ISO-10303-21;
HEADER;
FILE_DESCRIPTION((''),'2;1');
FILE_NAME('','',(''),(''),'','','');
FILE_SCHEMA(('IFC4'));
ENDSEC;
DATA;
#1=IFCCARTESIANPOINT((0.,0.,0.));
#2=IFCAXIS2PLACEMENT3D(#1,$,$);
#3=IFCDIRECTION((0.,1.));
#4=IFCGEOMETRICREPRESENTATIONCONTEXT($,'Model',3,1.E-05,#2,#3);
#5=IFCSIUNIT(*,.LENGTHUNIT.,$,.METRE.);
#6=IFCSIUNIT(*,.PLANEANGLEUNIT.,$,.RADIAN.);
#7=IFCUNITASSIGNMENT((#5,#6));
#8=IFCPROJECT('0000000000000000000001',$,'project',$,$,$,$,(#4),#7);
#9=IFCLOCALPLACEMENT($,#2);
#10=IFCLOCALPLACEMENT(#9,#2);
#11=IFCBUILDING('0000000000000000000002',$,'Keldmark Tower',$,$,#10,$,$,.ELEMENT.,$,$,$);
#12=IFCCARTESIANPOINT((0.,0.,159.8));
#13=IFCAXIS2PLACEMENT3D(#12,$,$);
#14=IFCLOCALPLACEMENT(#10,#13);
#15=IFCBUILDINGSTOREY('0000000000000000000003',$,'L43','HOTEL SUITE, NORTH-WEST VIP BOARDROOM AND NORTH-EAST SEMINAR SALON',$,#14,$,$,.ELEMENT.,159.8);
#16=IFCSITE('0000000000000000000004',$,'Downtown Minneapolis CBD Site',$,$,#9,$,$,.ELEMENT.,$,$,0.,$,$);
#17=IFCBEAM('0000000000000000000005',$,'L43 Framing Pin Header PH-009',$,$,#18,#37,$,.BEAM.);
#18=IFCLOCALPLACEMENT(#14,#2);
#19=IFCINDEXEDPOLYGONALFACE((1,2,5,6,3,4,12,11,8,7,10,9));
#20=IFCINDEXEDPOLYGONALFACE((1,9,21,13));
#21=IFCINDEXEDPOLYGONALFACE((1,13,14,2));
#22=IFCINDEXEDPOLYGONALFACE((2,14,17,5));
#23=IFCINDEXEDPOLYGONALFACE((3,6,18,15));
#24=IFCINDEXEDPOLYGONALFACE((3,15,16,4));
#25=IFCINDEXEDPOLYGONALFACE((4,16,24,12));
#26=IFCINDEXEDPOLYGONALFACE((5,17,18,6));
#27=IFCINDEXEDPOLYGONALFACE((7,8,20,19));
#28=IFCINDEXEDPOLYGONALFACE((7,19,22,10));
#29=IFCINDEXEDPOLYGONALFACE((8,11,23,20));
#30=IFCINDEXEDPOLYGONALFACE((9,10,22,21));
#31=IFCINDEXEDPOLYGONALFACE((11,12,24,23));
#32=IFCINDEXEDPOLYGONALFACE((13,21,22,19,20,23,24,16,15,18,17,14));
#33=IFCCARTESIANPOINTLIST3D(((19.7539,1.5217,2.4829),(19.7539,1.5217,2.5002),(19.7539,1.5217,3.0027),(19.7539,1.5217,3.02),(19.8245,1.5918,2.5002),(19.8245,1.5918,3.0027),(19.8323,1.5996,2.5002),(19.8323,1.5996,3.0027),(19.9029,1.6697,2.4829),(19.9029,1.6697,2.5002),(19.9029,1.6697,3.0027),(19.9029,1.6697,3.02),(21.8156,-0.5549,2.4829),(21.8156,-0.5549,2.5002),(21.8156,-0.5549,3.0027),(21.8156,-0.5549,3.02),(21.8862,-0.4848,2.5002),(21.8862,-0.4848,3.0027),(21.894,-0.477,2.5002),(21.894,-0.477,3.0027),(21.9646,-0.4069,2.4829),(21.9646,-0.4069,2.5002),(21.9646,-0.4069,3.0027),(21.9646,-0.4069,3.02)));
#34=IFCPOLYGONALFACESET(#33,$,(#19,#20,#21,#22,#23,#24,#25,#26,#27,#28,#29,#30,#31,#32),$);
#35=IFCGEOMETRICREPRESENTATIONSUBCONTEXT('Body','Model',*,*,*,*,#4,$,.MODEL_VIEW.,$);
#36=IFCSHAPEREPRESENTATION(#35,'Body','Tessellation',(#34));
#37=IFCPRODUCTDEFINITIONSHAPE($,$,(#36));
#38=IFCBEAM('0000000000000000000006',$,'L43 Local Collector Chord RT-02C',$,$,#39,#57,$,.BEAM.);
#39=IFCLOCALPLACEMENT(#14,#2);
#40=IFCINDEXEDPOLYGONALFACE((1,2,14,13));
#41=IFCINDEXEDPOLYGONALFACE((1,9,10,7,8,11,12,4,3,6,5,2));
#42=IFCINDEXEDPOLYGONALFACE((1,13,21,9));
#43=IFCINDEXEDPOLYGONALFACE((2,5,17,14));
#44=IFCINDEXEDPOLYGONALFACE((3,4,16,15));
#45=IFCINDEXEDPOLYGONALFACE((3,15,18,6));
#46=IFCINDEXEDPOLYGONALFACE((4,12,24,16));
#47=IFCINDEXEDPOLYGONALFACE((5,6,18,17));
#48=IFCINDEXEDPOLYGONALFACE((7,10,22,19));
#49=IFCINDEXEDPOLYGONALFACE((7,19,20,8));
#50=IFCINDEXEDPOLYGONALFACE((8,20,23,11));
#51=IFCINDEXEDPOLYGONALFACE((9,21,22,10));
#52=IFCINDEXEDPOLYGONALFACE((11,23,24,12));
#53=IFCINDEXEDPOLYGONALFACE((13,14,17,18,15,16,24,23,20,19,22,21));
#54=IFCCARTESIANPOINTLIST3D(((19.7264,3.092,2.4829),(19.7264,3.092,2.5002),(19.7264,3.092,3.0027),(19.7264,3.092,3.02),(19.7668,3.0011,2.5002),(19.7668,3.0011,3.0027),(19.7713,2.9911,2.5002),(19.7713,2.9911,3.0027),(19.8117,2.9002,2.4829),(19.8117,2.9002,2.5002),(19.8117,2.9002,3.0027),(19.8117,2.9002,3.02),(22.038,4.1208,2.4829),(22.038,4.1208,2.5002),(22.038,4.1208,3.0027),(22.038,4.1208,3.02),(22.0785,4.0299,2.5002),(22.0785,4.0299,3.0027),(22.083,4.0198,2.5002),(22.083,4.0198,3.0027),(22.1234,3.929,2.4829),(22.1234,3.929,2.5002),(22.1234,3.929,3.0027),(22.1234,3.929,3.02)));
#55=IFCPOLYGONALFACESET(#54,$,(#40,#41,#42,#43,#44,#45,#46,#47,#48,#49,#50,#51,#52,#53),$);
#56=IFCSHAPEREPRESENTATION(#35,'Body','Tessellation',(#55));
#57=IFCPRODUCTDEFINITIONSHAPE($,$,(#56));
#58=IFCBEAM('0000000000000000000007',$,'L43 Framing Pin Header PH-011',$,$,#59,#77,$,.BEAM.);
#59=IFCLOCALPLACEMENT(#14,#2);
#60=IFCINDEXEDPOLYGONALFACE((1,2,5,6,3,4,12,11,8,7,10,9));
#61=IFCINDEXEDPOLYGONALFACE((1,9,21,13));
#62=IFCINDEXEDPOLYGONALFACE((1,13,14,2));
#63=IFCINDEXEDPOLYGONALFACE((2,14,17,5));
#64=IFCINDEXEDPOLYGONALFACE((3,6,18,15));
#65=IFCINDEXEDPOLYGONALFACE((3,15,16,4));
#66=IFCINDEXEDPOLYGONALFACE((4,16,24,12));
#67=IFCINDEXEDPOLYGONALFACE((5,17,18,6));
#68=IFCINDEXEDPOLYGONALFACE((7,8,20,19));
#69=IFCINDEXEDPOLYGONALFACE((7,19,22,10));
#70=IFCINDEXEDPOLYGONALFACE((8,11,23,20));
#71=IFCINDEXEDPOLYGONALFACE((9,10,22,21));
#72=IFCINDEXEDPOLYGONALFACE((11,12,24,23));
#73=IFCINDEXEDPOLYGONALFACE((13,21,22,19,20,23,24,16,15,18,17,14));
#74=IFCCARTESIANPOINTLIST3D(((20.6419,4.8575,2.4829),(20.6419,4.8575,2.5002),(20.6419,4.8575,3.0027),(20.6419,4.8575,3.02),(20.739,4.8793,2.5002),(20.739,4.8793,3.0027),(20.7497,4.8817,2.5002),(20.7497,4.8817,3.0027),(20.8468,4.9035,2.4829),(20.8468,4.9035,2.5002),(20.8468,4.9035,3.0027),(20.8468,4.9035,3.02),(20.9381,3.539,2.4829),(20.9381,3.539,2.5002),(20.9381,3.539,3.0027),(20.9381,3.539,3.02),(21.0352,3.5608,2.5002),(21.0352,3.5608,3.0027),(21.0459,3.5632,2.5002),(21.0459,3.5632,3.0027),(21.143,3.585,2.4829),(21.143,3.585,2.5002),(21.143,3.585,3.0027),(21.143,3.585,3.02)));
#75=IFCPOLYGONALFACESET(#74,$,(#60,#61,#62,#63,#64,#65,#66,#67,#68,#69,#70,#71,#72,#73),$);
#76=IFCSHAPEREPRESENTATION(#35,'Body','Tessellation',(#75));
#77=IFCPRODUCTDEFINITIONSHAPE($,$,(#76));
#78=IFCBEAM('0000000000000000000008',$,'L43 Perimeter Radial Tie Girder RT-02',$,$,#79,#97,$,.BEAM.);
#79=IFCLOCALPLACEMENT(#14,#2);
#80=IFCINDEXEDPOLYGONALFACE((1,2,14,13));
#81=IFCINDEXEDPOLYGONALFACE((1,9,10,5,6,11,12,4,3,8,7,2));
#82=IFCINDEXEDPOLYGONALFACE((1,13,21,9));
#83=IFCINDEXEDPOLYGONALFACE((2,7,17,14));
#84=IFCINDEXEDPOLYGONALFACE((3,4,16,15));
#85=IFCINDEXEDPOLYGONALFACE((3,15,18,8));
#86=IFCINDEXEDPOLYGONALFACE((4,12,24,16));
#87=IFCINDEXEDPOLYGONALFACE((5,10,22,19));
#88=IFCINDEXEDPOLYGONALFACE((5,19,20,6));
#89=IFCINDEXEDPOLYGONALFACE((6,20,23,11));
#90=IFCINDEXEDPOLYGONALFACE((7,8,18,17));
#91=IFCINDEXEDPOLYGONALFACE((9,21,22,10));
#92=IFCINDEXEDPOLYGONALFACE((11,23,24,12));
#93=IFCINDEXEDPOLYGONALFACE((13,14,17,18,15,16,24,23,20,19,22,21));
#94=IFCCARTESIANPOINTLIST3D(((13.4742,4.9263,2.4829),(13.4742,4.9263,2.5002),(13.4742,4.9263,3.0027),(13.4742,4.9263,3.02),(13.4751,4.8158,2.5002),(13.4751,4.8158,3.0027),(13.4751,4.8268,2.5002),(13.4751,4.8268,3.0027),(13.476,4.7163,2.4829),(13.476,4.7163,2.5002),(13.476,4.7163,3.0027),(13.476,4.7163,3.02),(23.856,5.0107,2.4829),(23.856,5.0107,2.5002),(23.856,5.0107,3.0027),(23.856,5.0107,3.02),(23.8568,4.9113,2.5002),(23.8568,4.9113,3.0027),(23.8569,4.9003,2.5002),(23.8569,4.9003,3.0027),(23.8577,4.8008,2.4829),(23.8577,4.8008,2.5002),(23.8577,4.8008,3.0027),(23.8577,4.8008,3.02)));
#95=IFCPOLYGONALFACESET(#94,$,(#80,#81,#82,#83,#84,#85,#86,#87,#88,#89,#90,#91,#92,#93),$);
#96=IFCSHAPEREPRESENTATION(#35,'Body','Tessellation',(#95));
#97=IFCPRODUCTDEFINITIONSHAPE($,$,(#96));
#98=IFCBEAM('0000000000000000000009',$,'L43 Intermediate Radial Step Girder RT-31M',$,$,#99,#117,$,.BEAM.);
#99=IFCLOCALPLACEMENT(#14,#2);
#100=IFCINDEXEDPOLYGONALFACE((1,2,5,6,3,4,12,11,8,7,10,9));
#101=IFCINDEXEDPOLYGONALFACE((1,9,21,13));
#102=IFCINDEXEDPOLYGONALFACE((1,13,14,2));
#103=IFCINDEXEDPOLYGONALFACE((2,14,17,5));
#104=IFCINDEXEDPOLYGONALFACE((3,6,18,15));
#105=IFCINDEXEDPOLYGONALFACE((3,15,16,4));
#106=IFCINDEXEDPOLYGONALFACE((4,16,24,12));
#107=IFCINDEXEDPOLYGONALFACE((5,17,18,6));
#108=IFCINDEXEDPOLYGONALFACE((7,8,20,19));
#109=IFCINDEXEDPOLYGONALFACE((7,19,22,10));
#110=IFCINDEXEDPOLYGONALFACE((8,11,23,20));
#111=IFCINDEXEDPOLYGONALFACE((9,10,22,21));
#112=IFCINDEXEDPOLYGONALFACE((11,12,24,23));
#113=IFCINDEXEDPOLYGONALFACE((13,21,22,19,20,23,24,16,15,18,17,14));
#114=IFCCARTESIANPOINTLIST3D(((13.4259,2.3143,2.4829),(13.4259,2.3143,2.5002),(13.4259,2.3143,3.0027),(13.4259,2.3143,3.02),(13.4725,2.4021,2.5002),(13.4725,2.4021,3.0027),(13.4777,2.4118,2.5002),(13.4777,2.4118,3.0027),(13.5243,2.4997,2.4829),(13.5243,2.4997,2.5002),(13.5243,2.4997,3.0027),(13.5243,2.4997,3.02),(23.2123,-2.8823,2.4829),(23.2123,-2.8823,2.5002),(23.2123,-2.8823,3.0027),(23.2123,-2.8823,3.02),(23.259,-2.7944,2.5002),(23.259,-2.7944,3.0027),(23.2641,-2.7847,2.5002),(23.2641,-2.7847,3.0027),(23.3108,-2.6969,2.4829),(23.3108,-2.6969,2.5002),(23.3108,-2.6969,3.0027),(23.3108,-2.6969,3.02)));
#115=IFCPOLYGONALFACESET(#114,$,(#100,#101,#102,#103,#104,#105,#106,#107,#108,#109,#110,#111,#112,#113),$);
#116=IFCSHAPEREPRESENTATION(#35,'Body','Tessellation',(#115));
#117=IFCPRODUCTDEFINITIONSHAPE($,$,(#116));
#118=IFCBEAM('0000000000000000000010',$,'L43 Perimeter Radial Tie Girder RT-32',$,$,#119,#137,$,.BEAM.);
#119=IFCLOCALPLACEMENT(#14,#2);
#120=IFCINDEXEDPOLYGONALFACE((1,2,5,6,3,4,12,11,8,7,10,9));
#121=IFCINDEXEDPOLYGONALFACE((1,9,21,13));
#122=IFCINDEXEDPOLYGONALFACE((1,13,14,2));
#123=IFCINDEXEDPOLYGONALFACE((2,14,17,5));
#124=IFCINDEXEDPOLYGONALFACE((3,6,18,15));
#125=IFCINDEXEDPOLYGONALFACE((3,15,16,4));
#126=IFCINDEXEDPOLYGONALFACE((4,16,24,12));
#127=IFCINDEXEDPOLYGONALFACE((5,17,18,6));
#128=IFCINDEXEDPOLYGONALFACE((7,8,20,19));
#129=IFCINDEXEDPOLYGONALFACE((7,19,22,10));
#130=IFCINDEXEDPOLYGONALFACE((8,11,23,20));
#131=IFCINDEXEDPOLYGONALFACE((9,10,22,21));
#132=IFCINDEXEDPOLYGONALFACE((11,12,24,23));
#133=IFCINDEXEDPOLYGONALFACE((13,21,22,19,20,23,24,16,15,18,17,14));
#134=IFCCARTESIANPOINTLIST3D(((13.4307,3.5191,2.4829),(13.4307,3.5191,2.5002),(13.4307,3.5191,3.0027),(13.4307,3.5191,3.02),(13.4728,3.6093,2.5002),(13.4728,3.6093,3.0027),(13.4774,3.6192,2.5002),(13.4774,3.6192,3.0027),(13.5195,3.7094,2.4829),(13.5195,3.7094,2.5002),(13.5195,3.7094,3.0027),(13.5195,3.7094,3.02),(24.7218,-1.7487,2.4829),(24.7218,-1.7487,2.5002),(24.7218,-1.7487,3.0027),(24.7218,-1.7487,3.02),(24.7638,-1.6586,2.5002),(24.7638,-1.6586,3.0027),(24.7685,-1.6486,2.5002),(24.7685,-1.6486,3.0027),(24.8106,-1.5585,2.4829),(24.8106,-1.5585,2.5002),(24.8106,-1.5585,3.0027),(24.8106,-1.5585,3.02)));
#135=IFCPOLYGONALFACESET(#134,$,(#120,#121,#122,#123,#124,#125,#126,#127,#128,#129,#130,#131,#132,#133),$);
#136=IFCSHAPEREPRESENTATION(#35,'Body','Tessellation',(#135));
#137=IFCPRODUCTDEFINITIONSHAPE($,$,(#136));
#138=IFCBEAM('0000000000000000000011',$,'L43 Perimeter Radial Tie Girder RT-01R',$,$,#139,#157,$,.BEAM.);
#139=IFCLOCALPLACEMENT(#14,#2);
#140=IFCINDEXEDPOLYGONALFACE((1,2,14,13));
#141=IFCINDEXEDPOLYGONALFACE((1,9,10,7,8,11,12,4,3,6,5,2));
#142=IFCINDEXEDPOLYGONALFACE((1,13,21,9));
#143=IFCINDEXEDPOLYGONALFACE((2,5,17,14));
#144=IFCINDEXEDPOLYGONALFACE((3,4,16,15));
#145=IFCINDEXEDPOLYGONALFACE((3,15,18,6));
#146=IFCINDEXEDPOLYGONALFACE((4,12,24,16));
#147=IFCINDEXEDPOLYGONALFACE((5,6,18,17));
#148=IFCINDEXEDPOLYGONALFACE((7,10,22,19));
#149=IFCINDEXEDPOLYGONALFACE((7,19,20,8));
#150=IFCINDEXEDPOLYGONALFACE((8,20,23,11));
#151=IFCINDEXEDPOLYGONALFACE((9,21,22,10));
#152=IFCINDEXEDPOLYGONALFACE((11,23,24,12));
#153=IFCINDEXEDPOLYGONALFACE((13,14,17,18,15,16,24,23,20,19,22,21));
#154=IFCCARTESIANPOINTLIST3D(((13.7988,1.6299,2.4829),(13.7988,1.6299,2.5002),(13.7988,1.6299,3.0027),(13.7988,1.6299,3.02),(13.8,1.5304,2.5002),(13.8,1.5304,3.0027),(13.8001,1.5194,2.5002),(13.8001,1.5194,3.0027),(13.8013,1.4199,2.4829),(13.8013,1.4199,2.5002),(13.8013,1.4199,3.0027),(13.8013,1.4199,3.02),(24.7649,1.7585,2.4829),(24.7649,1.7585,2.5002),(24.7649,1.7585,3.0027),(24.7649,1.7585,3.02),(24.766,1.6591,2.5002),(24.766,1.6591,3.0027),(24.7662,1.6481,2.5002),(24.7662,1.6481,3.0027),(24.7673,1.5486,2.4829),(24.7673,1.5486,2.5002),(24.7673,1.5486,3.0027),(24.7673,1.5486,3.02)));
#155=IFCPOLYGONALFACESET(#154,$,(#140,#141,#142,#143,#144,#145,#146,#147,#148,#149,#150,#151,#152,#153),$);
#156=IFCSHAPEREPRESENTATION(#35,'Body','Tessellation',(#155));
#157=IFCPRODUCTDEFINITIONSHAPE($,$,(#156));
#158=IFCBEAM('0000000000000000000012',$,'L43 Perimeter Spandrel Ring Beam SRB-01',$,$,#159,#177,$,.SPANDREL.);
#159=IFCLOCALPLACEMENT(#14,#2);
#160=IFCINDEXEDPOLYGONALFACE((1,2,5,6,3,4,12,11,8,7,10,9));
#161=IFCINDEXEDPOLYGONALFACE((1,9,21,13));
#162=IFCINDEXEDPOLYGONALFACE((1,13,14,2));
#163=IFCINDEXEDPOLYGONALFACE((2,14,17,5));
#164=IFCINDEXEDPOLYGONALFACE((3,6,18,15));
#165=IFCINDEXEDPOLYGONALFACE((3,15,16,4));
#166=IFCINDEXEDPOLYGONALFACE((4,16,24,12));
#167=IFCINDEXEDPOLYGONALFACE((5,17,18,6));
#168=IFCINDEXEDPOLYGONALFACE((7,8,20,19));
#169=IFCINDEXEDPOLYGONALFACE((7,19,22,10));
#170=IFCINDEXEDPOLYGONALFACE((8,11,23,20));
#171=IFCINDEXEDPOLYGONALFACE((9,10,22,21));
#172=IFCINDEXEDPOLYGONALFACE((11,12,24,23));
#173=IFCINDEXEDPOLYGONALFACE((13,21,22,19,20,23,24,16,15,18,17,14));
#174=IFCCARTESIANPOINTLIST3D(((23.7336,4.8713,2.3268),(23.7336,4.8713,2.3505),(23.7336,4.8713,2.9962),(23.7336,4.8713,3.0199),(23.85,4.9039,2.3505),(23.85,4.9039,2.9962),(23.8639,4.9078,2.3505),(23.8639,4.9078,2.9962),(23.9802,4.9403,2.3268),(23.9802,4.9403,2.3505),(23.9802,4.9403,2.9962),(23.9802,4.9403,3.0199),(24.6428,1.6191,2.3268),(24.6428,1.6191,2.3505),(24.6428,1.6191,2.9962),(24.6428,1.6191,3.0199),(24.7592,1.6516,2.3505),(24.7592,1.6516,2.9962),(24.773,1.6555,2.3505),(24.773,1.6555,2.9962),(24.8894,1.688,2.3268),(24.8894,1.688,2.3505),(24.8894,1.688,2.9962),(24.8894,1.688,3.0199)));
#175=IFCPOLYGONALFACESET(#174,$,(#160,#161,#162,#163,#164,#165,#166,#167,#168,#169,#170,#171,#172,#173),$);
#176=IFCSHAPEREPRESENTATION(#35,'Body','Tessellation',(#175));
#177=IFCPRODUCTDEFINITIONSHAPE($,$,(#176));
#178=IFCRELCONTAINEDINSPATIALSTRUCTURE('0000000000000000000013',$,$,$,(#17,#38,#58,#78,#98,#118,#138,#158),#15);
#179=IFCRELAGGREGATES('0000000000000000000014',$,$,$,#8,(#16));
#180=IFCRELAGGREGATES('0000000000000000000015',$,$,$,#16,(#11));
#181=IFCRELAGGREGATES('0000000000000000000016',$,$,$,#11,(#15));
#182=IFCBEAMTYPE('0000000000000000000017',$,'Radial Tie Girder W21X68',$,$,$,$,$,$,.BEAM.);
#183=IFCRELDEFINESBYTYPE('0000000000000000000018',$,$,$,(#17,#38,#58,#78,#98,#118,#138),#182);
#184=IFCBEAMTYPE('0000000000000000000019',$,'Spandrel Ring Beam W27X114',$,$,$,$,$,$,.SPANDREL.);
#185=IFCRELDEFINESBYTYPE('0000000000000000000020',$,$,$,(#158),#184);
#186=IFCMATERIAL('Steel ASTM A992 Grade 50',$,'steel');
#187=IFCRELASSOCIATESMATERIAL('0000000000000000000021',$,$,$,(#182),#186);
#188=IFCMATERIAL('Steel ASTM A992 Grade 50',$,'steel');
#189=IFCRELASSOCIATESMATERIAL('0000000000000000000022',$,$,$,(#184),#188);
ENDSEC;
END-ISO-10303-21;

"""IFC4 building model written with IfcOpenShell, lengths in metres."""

from ifc_helpers import new_model, si_unit, direction, frame, origin, origin_2d, place, context, subcontext, project, spatial, i_section, extrude, material, material_profile, profile_set, type_object, element, save


model = new_model("IFC4")

# Units and contexts
model_context = context("Model", 3, precision=1e-05, world=origin(), true_north=direction((0.0, 1.0)))
body_context = subcontext(model_context, "Body", "Model", "MODEL_VIEW")
ifc_project = project(units=[si_unit("LENGTHUNIT", "METRE"), si_unit("PLANEANGLEUNIT", "RADIAN")], contexts=[model_context])

# Site, building, storey
site_placement = place(None, origin())
site = spatial("IfcSite", under=ifc_project, at=site_placement, Name="Downtown Minneapolis CBD Site", CompositionType="ELEMENT", RefElevation=0.0)
building_placement = place(site_placement, origin())
building = spatial("IfcBuilding", under=site, at=building_placement, Name="Keldmark Tower", CompositionType="ELEMENT")
storey_placement = place(building_placement, frame((0.0, 0.0, 159.8)))
storey = spatial("IfcBuildingStorey", under=building, at=storey_placement, Name="L43", Description="HOTEL SUITE, NORTH-WEST VIP BOARDROOM AND NORTH-EAST SEMINAR SALON", CompositionType="ELEMENT", Elevation=159.8)

# Beams
ifc_material_1 = material(Name="Steel ASTM A992 Grade 50", Category="steel")
ifc_material_profile_1 = material_profile(ifc_material_1, i_section(OverallWidth=0.21, OverallDepth=0.5371, WebThickness=0.011, FlangeThickness=0.0173, at=origin_2d()), Name="W21X68")
ifc_profile_set_1 = profile_set([ifc_material_profile_1], Name="Steel ASTM A992 Grade 50")
beam_type_1 = type_object("IfcBeamType", Name="Radial Tie Girder W21X68", PredefinedType="BEAM", material=ifc_profile_set_1)
beam_1_placement = place(storey_placement, frame((19.8284, 1.5957, 2.7515), z_axis=(0.704558, -0.709647, 0.0), x_axis=(0.709647, 0.704558, 0.0)))
element("IfcBeam", 1, at=beam_1_placement, inside=storey, type_object=beam_type_1, Name="L43 Framing Pin Header PH-009", PredefinedType="BEAM", context=body_context, shape_type="SweptSolid", body=[
    extrude(i_section(OverallWidth=0.21, OverallDepth=0.5371, WebThickness=0.011, FlangeThickness=0.0173, at=origin_2d()), origin(), (0.0, 0.0, 1.0), 2.9263),
])
beam_2_placement = place(storey_placement, frame((19.769, 2.9961, 2.7515), z_axis=(0.913613, 0.406586, 0.0), x_axis=(-0.406586, 0.913613, 0.0)))
element("IfcBeam", 2, at=beam_2_placement, inside=storey, type_object=beam_type_1, Name="L43 Local Collector Chord RT-02C", PredefinedType="BEAM", context=body_context, shape_type="SweptSolid", body=[
    extrude(i_section(OverallWidth=0.21, OverallDepth=0.5371, WebThickness=0.011, FlangeThickness=0.0173, at=origin_2d()), origin(), (0.0, 0.0, 1.0), 2.5303),
])
beam_3_placement = place(storey_placement, frame((21.0405, 3.562, 2.7515), z_axis=(-0.219168, 0.975687, 0.0), x_axis=(-0.975687, -0.219168, 0.0)))
element("IfcBeam", 3, at=beam_3_placement, inside=storey, type_object=beam_type_1, Name="L43 Framing Pin Header PH-011", PredefinedType="BEAM", context=body_context, shape_type="SweptSolid", body=[
    extrude(i_section(OverallWidth=0.21, OverallDepth=0.5371, WebThickness=0.011, FlangeThickness=0.0173, at=origin_2d()), origin(), (0.0, 0.0, 1.0), 1.3513),
])
beam_4_placement = place(storey_placement, frame((13.4751, 4.8213, 2.7515), z_axis=(0.999967, 0.008136, 0.0), x_axis=(-0.008136, 0.999967, 0.0)))
element("IfcBeam", 4, at=beam_4_placement, inside=storey, type_object=beam_type_1, Name="L43 Perimeter Radial Tie Girder RT-02", PredefinedType="BEAM", context=body_context, shape_type="SweptSolid", body=[
    extrude(i_section(OverallWidth=0.21, OverallDepth=0.5371, WebThickness=0.011, FlangeThickness=0.0173, at=origin_2d()), origin(), (0.0, 0.0, 1.0), 10.3821),
])
beam_5_placement = place(storey_placement, frame((13.4751, 2.407, 2.7515), z_axis=(0.883208, -0.468981, 0.0), x_axis=(0.468981, 0.883208, 0.0)))
element("IfcBeam", 5, at=beam_5_placement, inside=storey, type_object=beam_type_1, Name="L43 Intermediate Radial Step Girder RT-31M", PredefinedType="BEAM", context=body_context, shape_type="SweptSolid", body=[
    extrude(i_section(OverallWidth=0.21, OverallDepth=0.5371, WebThickness=0.011, FlangeThickness=0.0173, at=origin_2d()), origin(), (0.0, 0.0, 1.0), 11.0806),
])
beam_6_placement = place(storey_placement, frame((13.4751, 3.6143, 2.7515), z_axis=(0.906224, -0.422799, 0.0), x_axis=(0.422799, 0.906224, 0.0)))
element("IfcBeam", 6, at=beam_6_placement, inside=storey, type_object=beam_type_1, Name="L43 Perimeter Radial Tie Girder RT-32", PredefinedType="BEAM", context=body_context, shape_type="SweptSolid", body=[
    extrude(i_section(OverallWidth=0.21, OverallDepth=0.5371, WebThickness=0.011, FlangeThickness=0.0173, at=origin_2d()), origin(), (0.0, 0.0, 1.0), 12.4595),
])
beam_7_placement = place(storey_placement, frame((13.8, 1.5249, 2.7515), z_axis=(0.999931, 0.011732, 0.0), x_axis=(-0.011732, 0.999931, 0.0)))
element("IfcBeam", 7, at=beam_7_placement, inside=storey, type_object=beam_type_1, Name="L43 Perimeter Radial Tie Girder RT-01R", PredefinedType="BEAM", context=body_context, shape_type="SweptSolid", body=[
    extrude(i_section(OverallWidth=0.21, OverallDepth=0.5371, WebThickness=0.011, FlangeThickness=0.0173, at=origin_2d()), origin(), (0.0, 0.0, 1.0), 10.9668),
])
ifc_material_2 = material(Name="Steel ASTM A992 Grade 50", Category="steel")
ifc_material_profile_2 = material_profile(ifc_material_2, i_section(OverallWidth=0.2561, OverallDepth=0.6931, WebThickness=0.0144, FlangeThickness=0.0237, at=origin_2d()), Name="W27X114")
ifc_profile_set_2 = profile_set([ifc_material_profile_2], Name="Steel ASTM A992 Grade 50")
beam_type_2 = type_object("IfcBeamType", Name="Spandrel Ring Beam W27X114", PredefinedType="SPANDREL", material=ifc_profile_set_2)
beam_8_placement = place(storey_placement, frame((24.7661, 1.6536, 2.6733), z_axis=(-0.269236, 0.963074, 0.0), x_axis=(-0.963074, -0.269236, 0.0)))
element("IfcBeam", 8, at=beam_8_placement, inside=storey, type_object=beam_type_2, Name="L43 Perimeter Spandrel Ring Beam SRB-01", PredefinedType="SPANDREL", context=body_context, shape_type="SweptSolid", body=[
    extrude(i_section(OverallWidth=0.2561, OverallDepth=0.6931, WebThickness=0.0144, FlangeThickness=0.0237, at=origin_2d()), origin(), (0.0, 0.0, 1.0), 3.377),
])

save(model, "model.ifc")
